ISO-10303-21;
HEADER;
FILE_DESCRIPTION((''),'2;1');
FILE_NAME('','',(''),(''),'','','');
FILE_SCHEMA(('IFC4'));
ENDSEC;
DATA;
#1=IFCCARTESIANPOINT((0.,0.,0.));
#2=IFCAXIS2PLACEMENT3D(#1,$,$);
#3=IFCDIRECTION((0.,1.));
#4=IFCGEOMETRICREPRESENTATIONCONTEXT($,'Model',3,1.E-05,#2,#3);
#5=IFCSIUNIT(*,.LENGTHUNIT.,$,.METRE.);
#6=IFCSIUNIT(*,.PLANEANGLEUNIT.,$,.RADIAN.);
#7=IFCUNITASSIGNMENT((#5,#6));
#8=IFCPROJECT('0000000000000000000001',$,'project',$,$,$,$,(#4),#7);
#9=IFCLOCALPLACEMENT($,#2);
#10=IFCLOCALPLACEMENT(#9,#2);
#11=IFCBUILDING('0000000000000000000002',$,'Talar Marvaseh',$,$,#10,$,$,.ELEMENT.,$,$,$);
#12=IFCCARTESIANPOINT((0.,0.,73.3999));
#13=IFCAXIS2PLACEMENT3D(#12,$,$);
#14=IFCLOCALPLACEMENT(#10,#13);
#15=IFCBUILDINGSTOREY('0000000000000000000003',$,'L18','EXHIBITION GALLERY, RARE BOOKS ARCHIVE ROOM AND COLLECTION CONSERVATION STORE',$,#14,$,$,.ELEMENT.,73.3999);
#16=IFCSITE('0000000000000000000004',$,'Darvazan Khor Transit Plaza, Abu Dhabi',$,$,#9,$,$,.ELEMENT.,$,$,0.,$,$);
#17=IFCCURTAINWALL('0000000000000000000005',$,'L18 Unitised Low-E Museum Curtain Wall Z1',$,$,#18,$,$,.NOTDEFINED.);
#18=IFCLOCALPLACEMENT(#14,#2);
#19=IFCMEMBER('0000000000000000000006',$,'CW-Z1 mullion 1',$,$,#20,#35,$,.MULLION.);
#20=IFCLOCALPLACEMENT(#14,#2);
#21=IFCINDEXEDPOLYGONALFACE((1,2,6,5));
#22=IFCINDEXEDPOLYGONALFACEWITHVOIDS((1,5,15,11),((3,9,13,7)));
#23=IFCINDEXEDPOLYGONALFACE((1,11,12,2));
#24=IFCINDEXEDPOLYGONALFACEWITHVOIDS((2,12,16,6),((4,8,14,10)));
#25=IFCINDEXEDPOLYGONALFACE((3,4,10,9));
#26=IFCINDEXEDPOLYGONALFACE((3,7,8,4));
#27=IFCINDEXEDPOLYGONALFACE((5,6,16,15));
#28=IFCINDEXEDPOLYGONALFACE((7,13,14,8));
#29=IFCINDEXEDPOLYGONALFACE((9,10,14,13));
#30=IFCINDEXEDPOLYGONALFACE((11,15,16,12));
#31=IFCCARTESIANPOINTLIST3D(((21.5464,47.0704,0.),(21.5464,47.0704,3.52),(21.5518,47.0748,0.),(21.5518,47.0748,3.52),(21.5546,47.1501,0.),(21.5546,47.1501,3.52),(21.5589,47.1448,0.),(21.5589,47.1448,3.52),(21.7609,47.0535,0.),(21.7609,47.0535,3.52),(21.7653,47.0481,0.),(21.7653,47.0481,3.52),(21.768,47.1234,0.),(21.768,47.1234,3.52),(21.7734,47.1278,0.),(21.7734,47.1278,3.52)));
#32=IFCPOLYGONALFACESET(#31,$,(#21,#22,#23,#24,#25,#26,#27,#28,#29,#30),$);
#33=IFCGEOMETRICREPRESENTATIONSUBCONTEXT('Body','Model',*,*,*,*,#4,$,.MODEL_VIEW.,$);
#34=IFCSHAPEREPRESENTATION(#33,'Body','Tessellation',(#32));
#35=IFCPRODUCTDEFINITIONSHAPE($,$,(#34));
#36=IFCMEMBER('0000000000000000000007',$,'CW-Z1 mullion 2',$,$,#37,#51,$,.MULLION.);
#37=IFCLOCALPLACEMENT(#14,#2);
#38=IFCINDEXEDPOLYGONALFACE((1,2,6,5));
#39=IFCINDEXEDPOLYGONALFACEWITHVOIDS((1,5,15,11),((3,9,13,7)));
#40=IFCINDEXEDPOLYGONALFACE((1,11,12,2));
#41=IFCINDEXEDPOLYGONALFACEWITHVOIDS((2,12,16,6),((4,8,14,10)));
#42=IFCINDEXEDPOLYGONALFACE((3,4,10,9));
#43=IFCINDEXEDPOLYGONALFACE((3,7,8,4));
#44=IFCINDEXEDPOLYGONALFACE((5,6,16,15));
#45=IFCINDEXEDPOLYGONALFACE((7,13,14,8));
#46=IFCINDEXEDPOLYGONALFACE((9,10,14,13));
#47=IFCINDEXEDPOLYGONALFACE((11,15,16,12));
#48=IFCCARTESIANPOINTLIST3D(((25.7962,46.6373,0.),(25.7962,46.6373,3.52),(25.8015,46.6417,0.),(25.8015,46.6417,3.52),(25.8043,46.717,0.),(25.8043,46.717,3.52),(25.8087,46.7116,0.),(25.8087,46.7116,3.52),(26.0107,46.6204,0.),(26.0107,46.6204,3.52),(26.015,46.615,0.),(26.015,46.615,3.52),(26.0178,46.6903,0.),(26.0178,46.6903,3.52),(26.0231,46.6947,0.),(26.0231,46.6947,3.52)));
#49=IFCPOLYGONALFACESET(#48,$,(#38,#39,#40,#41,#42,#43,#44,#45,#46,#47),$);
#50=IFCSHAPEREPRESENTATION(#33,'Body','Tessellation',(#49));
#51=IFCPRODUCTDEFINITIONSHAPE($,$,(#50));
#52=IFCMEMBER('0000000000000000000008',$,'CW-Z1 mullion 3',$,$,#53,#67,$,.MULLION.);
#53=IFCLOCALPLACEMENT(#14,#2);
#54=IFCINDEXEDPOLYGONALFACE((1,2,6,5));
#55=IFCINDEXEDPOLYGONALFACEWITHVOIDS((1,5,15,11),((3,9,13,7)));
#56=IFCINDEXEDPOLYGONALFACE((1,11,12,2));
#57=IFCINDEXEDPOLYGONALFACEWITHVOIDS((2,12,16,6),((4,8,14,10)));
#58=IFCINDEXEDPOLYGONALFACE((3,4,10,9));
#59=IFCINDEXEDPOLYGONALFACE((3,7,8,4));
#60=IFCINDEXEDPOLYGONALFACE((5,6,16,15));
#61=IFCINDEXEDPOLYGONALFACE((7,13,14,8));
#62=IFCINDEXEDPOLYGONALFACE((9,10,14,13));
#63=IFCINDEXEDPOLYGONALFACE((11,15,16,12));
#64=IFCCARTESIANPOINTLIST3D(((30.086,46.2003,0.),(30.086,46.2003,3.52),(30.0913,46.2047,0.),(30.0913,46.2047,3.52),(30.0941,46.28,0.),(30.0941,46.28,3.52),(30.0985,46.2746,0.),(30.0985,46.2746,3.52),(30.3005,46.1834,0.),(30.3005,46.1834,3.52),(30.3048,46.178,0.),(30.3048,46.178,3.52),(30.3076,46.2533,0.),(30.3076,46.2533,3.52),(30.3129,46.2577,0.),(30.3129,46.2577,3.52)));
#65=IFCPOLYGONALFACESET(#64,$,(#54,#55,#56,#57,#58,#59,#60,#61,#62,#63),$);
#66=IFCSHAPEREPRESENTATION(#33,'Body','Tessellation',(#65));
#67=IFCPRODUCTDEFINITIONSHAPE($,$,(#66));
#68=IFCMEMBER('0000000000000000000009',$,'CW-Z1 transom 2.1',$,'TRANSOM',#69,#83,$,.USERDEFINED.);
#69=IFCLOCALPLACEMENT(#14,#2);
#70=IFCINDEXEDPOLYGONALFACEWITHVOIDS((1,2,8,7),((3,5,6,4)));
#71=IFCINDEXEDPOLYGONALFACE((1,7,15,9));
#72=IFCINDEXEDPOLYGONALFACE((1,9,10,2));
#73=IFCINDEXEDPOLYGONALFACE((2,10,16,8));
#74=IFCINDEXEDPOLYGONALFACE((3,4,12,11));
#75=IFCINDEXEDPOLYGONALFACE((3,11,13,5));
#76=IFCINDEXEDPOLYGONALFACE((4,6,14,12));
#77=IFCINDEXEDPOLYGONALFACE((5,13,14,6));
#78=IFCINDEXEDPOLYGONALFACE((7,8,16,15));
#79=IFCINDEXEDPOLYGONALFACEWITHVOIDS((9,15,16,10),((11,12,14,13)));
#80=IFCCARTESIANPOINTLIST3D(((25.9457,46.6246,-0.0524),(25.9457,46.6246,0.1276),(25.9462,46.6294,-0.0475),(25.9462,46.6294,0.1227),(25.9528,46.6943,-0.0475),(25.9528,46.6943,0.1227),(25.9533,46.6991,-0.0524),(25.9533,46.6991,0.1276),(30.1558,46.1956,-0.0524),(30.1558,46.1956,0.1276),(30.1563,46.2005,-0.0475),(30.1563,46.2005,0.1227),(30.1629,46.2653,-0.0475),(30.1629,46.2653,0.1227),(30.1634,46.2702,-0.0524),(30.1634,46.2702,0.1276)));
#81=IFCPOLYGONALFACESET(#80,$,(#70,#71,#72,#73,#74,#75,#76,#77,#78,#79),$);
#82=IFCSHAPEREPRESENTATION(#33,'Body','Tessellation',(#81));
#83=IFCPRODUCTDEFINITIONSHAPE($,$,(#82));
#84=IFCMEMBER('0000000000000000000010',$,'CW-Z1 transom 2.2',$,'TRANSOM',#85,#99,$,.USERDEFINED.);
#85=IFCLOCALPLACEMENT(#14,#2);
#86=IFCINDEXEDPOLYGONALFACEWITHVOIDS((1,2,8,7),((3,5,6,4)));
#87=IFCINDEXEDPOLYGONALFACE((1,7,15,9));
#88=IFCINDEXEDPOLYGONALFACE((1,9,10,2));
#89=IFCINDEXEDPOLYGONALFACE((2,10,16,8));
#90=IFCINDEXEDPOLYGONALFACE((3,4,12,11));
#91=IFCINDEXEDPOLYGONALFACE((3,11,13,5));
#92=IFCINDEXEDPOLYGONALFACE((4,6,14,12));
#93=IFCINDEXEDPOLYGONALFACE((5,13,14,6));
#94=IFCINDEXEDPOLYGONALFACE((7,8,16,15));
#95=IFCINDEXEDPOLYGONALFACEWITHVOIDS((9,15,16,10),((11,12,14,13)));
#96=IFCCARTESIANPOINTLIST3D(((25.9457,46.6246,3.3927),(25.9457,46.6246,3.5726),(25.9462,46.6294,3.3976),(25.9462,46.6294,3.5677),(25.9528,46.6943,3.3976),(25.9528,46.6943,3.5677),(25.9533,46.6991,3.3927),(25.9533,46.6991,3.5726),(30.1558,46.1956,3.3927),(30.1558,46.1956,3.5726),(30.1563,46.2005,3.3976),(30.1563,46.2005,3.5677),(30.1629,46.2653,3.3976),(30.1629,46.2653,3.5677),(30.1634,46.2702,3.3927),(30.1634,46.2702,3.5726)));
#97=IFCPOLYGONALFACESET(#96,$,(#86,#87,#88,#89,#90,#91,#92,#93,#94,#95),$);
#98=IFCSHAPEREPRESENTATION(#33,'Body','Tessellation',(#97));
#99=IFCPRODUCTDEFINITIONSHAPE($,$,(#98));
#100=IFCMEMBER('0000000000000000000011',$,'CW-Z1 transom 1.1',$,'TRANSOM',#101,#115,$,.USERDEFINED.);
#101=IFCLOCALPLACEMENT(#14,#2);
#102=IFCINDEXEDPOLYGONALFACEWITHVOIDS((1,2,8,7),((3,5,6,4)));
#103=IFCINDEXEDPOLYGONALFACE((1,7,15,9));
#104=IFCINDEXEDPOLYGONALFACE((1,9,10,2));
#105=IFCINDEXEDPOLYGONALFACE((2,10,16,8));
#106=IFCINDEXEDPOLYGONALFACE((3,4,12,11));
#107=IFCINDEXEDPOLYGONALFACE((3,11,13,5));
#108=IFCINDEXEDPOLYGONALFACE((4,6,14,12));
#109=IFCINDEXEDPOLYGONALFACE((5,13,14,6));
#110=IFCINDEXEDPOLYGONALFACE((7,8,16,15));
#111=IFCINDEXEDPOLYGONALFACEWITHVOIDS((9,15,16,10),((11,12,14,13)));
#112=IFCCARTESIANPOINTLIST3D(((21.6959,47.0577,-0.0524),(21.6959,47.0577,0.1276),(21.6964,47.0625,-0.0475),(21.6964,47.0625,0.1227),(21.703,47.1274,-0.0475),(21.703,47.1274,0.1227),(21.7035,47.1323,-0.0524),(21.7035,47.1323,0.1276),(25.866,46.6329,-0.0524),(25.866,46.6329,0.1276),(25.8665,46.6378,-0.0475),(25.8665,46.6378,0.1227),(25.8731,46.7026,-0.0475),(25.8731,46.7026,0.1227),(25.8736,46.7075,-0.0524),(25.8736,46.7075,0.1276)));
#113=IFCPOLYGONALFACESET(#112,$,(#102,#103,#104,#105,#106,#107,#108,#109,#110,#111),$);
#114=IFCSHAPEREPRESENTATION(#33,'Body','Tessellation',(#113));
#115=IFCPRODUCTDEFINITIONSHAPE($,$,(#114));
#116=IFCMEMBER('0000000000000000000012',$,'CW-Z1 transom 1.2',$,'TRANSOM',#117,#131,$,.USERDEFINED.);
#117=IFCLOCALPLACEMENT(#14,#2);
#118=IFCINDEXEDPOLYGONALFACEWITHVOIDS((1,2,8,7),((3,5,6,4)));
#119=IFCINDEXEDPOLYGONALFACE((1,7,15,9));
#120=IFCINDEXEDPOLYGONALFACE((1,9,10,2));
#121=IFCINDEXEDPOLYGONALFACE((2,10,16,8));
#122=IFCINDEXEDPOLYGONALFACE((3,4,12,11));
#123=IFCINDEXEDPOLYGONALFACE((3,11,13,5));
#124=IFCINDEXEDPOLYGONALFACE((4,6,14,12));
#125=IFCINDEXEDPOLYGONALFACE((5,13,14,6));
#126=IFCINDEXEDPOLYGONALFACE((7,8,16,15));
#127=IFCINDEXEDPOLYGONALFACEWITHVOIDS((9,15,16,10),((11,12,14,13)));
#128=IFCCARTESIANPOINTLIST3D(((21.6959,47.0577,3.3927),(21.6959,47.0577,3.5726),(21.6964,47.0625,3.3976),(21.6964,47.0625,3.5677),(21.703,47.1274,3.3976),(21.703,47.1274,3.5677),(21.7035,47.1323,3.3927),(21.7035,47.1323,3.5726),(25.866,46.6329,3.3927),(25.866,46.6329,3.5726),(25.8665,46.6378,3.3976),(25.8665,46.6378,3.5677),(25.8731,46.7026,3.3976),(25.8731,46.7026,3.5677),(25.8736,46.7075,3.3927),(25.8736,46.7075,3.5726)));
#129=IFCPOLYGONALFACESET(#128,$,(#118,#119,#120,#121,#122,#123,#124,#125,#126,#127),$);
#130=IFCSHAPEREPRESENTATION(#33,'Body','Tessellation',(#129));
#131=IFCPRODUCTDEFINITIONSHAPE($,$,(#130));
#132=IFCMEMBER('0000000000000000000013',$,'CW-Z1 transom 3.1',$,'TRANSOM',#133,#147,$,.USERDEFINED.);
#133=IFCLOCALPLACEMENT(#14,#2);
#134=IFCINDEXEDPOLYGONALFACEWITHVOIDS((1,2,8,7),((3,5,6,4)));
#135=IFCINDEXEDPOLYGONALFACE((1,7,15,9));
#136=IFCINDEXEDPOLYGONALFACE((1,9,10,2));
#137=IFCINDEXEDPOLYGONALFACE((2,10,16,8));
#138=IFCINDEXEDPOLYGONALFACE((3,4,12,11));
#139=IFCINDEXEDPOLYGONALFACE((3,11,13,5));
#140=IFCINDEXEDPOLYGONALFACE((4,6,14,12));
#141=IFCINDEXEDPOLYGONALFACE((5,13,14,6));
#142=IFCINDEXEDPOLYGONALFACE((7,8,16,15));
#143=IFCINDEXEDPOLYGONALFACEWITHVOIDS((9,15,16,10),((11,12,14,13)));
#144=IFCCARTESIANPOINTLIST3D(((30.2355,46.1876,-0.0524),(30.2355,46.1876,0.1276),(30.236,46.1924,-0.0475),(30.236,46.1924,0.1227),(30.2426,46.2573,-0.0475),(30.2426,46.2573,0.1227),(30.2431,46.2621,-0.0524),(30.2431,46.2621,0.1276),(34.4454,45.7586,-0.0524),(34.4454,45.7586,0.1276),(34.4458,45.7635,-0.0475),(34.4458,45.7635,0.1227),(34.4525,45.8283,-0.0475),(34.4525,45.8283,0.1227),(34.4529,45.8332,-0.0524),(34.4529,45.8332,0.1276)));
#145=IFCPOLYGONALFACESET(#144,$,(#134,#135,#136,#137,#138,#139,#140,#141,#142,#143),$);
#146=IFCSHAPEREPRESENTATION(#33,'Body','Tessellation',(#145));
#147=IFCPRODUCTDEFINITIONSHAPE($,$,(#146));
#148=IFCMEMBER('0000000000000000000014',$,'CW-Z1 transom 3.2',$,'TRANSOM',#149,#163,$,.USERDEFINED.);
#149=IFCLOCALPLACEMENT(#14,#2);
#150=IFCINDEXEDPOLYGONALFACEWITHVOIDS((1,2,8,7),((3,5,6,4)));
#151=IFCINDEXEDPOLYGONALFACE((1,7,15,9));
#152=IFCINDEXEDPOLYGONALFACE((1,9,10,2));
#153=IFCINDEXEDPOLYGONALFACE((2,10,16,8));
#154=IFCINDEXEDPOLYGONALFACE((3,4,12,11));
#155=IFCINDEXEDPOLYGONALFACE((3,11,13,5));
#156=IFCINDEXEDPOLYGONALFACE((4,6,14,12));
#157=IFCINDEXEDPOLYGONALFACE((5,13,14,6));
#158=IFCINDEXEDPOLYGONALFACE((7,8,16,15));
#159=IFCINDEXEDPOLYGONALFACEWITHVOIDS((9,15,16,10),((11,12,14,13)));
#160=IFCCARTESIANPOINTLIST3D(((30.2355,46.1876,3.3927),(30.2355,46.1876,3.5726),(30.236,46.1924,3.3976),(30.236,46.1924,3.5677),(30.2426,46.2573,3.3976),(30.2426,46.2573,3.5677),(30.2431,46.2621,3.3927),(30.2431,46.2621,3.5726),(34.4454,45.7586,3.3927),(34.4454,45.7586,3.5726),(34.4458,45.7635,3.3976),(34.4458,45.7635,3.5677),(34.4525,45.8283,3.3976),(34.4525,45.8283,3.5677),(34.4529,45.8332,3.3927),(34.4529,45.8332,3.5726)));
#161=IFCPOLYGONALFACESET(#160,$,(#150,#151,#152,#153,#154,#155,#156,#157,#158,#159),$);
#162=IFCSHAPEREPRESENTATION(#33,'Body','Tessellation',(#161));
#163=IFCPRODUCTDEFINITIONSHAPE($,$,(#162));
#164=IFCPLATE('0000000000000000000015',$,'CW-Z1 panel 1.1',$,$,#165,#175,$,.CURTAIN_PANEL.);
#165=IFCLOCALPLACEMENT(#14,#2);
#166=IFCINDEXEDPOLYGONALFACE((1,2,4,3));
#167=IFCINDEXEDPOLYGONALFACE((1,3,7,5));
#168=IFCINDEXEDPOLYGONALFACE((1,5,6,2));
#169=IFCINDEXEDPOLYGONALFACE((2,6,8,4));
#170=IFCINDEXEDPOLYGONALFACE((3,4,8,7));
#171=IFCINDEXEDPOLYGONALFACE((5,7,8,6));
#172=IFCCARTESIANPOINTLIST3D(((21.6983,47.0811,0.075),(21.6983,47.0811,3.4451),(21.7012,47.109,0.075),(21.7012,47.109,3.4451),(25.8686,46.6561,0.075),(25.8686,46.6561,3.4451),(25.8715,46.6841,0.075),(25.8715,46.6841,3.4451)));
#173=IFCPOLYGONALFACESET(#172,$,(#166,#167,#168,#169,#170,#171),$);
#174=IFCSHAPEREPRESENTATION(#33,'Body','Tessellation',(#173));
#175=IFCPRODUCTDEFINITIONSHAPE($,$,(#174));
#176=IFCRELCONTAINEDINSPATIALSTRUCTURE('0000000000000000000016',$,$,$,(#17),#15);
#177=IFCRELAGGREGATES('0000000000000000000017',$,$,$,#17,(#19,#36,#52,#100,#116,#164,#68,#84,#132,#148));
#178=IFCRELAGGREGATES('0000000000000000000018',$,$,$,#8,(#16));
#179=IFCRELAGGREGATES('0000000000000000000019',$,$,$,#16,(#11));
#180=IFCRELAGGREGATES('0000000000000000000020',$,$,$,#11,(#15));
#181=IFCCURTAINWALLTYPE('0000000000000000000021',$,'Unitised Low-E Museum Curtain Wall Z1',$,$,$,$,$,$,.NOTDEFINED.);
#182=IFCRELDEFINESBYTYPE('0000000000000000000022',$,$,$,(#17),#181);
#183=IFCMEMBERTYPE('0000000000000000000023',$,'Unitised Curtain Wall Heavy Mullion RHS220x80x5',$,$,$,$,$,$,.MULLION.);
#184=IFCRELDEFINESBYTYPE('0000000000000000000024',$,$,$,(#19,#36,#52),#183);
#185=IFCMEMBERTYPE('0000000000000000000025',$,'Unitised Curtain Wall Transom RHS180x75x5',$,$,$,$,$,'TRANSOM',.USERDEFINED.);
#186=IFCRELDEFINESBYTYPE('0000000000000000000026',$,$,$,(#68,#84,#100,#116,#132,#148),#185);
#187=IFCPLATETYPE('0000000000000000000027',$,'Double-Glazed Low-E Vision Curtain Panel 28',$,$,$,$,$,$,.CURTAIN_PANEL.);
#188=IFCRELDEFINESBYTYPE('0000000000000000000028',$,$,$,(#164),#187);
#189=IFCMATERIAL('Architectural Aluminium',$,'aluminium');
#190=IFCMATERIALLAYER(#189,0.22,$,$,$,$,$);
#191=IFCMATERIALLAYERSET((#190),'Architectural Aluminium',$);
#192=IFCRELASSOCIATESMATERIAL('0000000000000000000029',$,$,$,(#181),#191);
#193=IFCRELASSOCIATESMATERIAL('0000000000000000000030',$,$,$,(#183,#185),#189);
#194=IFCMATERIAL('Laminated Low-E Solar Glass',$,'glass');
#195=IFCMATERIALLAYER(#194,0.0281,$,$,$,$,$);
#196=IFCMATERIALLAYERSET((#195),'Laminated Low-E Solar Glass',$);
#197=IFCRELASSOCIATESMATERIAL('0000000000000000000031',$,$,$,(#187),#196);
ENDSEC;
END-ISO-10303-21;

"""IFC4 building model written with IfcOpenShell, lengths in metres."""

from ifc_helpers import new_model, si_unit, direction, frame, origin, origin_2d, place, context, subcontext, project, spatial, rectangle, hollow_rectangle, extrude, source, transform, mapped, material, layer, layer_set, material_profile, profile_set, type_object, type_shapes, element, aggregate, save


model = new_model("IFC4")

# Units and contexts
model_context = context("Model", 3, precision=1e-05, world=origin(), true_north=direction((0.0, 1.0)))
body_context = subcontext(model_context, "Body", "Model", "MODEL_VIEW")
ifc_project = project(units=[si_unit("LENGTHUNIT", "METRE"), si_unit("PLANEANGLEUNIT", "RADIAN")], contexts=[model_context])

# Site, building, storey
site_placement = place(None, origin())
site = spatial("IfcSite", under=ifc_project, at=site_placement, Name="Darvazan Khor Transit Plaza, Abu Dhabi", CompositionType="ELEMENT", RefElevation=0.0)
building_placement = place(site_placement, origin())
building = spatial("IfcBuilding", under=site, at=building_placement, Name="Talar Marvaseh", CompositionType="ELEMENT")
storey_placement = place(building_placement, frame((0.0, 0.0, 73.3999)))
storey = spatial("IfcBuildingStorey", under=building, at=storey_placement, Name="L18", Description="EXHIBITION GALLERY, RARE BOOKS ARCHIVE ROOM AND COLLECTION CONSERVATION STORE", CompositionType="ELEMENT", Elevation=73.3999)

# Curtain wall, members, plate
ifc_material_1 = material(Name="Architectural Aluminium", Category="aluminium")
ifc_layer_1 = layer(ifc_material_1, 0.22)
ifc_layer_set_1 = layer_set([ifc_layer_1], Name="Architectural Aluminium")
curtain_wall_type = type_object("IfcCurtainWallType", Name="Unitised Low-E Museum Curtain Wall Z1", PredefinedType="NOTDEFINED", material=ifc_layer_set_1)
curtain_wall_placement = place(storey_placement, origin())
curtain_wall = element("IfcCurtainWall", 1, at=curtain_wall_placement, inside=storey, type_object=curtain_wall_type, Name="L18 Unitised Low-E Museum Curtain Wall Z1", PredefinedType="NOTDEFINED")
ifc_material_profile_1 = material_profile(ifc_material_1, hollow_rectangle(XDim=0.0801, YDim=0.22, WallThickness=0.0049, at=origin_2d()), Name="RHS220x80x5")
ifc_profile_set_1 = profile_set([ifc_material_profile_1], Name="Architectural Aluminium")
member_type_1 = type_object("IfcMemberType", Name="Unitised Curtain Wall Heavy Mullion RHS220x80x5", PredefinedType="MULLION", material=ifc_profile_set_1)
shared_shape_1 = source(origin(), body_context, "Body", "SweptSolid", [
    extrude(hollow_rectangle(XDim=0.0801, YDim=0.22, WallThickness=0.0049, at=origin_2d()), origin(), (0.0, 0.0, 1.0), 3.52),
])
type_shapes(member_type_1, [shared_shape_1])
member_1_placement = place(storey_placement, frame((21.6599, 47.0991, 0.0), z_axis=(0.0, 0.0, 1.0), x_axis=(0.101365, 0.994849, 0.0)))
member_1 = element("IfcMember", 2, at=member_1_placement, type_object=member_type_1, Name="CW-Z1 mullion 1", PredefinedType="MULLION", context=body_context, shape_type="MappedRepresentation", body=[
    mapped(shared_shape_1, transform((0.0, 0.0, 0.0), x_axis=(1.0, 0.0, 0.0), y_axis=(0.0, 1.0, 0.0), z_axis=(0.0, 0.0, 1.0), scale=1.0)),
])
member_2_placement = place(storey_placement, frame((25.9097, 46.666, 0.0), z_axis=(0.0, 0.0, 1.0), x_axis=(0.101365, 0.994849, 0.0)))
member_2 = element("IfcMember", 3, at=member_2_placement, type_object=member_type_1, Name="CW-Z1 mullion 2", PredefinedType="MULLION", context=body_context, shape_type="MappedRepresentation", body=[
    mapped(shared_shape_1, transform((0.0, 0.0, 0.0), x_axis=(1.0, 0.0, 0.0), y_axis=(0.0, 1.0, 0.0), z_axis=(0.0, 0.0, 1.0), scale=1.0)),
])
member_3_placement = place(storey_placement, frame((30.1995, 46.229, 0.0), z_axis=(0.0, 0.0, 1.0), x_axis=(0.101365, 0.994849, 0.0)))
member_3 = element("IfcMember", 4, at=member_3_placement, type_object=member_type_1, Name="CW-Z1 mullion 3", PredefinedType="MULLION", context=body_context, shape_type="MappedRepresentation", body=[
    mapped(shared_shape_1, transform((0.0, 0.0, 0.0), x_axis=(1.0, 0.0, 0.0), y_axis=(0.0, 1.0, 0.0), z_axis=(0.0, 0.0, 1.0), scale=1.0)),
])
ifc_material_profile_2 = material_profile(ifc_material_1, hollow_rectangle(XDim=0.075, YDim=0.1799, WallThickness=0.0049, at=origin_2d()), Name="RHS180x75x5")
ifc_profile_set_2 = profile_set([ifc_material_profile_2], Name="Architectural Aluminium")
member_type_2 = type_object("IfcMemberType", Name="Unitised Curtain Wall Transom RHS180x75x5", ElementType="TRANSOM", PredefinedType="USERDEFINED", material=ifc_profile_set_2)
shared_shape_2 = source(origin(), body_context, "Body", "SweptSolid", [
    extrude(hollow_rectangle(XDim=0.075, YDim=0.1799, WallThickness=0.0049, at=origin_2d()), origin(), (0.0, 0.0, 1.0), 4.2319),
])
member_4_placement = place(storey_placement, frame((25.9495, 46.6619, 0.0376), z_axis=(0.99485, -0.10136, 0.0), x_axis=(0.10136, 0.99485, 0.0)))
member_4 = element("IfcMember", 5, at=member_4_placement, type_object=member_type_2, Name="CW-Z1 transom 2.1", ObjectType="TRANSOM", PredefinedType="USERDEFINED", context=body_context, shape_type="MappedRepresentation", body=[
    mapped(shared_shape_2, transform((0.0, 0.0, 0.0), x_axis=(1.0, 0.0, 0.0), y_axis=(0.0, 1.0, 0.0), z_axis=(0.0, 0.0, 1.0), scale=1.0)),
])
member_5_placement = place(storey_placement, frame((25.9495, 46.6619, 3.4827), z_axis=(0.99485, -0.10136, 0.0), x_axis=(0.10136, 0.99485, 0.0)))
member_5 = element("IfcMember", 6, at=member_5_placement, type_object=member_type_2, Name="CW-Z1 transom 2.2", ObjectType="TRANSOM", PredefinedType="USERDEFINED", context=body_context, shape_type="MappedRepresentation", body=[
    mapped(shared_shape_2, transform((0.0, 0.0, 0.0), x_axis=(1.0, 0.0, 0.0), y_axis=(0.0, 1.0, 0.0), z_axis=(0.0, 0.0, 1.0), scale=1.0)),
])
shared_shape_3 = source(origin(), body_context, "Body", "SweptSolid", [
    extrude(hollow_rectangle(XDim=0.075, YDim=0.1799, WallThickness=0.0049, at=origin_2d()), origin(), (0.0, 0.0, 1.0), 4.1917),
])
member_6_placement = place(storey_placement, frame((21.6997, 47.095, 0.0376), z_axis=(0.994852, -0.101343, 0.0), x_axis=(0.101343, 0.994852, 0.0)))
member_6 = element("IfcMember", 7, at=member_6_placement, type_object=member_type_2, Name="CW-Z1 transom 1.1", ObjectType="TRANSOM", PredefinedType="USERDEFINED", context=body_context, shape_type="MappedRepresentation", body=[
    mapped(shared_shape_3, transform((0.0, 0.0, 0.0), x_axis=(1.0, 0.0, 0.0), y_axis=(0.0, 1.0, 0.0), z_axis=(0.0, 0.0, 1.0), scale=1.0)),
])
member_7_placement = place(storey_placement, frame((21.6997, 47.095, 3.4827), z_axis=(0.994852, -0.101343, 0.0), x_axis=(0.101343, 0.994852, 0.0)))
member_7 = element("IfcMember", 8, at=member_7_placement, type_object=member_type_2, Name="CW-Z1 transom 1.2", ObjectType="TRANSOM", PredefinedType="USERDEFINED", context=body_context, shape_type="MappedRepresentation", body=[
    mapped(shared_shape_3, transform((0.0, 0.0, 0.0), x_axis=(1.0, 0.0, 0.0), y_axis=(0.0, 1.0, 0.0), z_axis=(0.0, 0.0, 1.0), scale=1.0)),
])
shared_shape_4 = source(origin(), body_context, "Body", "SweptSolid", [
    extrude(hollow_rectangle(XDim=0.075, YDim=0.1799, WallThickness=0.0049, at=origin_2d()), origin(), (0.0, 0.0, 1.0), 4.2317),
])
type_shapes(member_type_2, [shared_shape_2, shared_shape_3, shared_shape_4])
member_8_placement = place(storey_placement, frame((30.2393, 46.2249, 0.0376), z_axis=(0.994849, -0.101366, 0.0), x_axis=(0.101366, 0.994849, 0.0)))
member_8 = element("IfcMember", 9, at=member_8_placement, type_object=member_type_2, Name="CW-Z1 transom 3.1", ObjectType="TRANSOM", PredefinedType="USERDEFINED", context=body_context, shape_type="MappedRepresentation", body=[
    mapped(shared_shape_4, transform((0.0, 0.0, 0.0), x_axis=(1.0, 0.0, 0.0), y_axis=(0.0, 1.0, 0.0), z_axis=(0.0, 0.0, 1.0), scale=1.0)),
])
member_9_placement = place(storey_placement, frame((30.2393, 46.2249, 3.4827), z_axis=(0.994849, -0.101366, 0.0), x_axis=(0.101366, 0.994849, 0.0)))
member_9 = element("IfcMember", 10, at=member_9_placement, type_object=member_type_2, Name="CW-Z1 transom 3.2", ObjectType="TRANSOM", PredefinedType="USERDEFINED", context=body_context, shape_type="MappedRepresentation", body=[
    mapped(shared_shape_4, transform((0.0, 0.0, 0.0), x_axis=(1.0, 0.0, 0.0), y_axis=(0.0, 1.0, 0.0), z_axis=(0.0, 0.0, 1.0), scale=1.0)),
])
ifc_material_2 = material(Name="Laminated Low-E Solar Glass", Category="glass")
ifc_layer_2 = layer(ifc_material_2, 0.0281)
ifc_layer_set_2 = layer_set([ifc_layer_2], Name="Laminated Low-E Solar Glass")
plate_type = type_object("IfcPlateType", Name="Double-Glazed Low-E Vision Curtain Panel 28", PredefinedType="CURTAIN_PANEL", material=ifc_layer_set_2)
shared_shape_5 = source(origin(), body_context, "Body", "SweptSolid", [
    extrude(rectangle(XDim=4.1919, YDim=0.0281, at=origin_2d()), origin(), (0.0, 0.0, 1.0), 3.3701),
])
plate_1_placement = place(storey_placement, frame((23.7849, 46.8826, 0.075), z_axis=(0.0, 0.0, 1.0), x_axis=(0.994849, -0.101365, 0.0)))
plate_1 = element("IfcPlate", 11, at=plate_1_placement, type_object=plate_type, Name="CW-Z1 panel 1.1", PredefinedType="CURTAIN_PANEL", context=body_context, shape_type="MappedRepresentation", body=[
    mapped(shared_shape_5, transform((0.0, 0.0, 0.0), x_axis=(1.0, 0.0, 0.0), y_axis=(0.0, 1.0, 0.0), z_axis=(0.0, 0.0, 1.0), scale=1.0)),
])
aggregate(curtain_wall, [member_1, member_2, member_3, member_6, member_7, plate_1, member_4, member_5, member_8, member_9])

save(model, "model.ifc")
